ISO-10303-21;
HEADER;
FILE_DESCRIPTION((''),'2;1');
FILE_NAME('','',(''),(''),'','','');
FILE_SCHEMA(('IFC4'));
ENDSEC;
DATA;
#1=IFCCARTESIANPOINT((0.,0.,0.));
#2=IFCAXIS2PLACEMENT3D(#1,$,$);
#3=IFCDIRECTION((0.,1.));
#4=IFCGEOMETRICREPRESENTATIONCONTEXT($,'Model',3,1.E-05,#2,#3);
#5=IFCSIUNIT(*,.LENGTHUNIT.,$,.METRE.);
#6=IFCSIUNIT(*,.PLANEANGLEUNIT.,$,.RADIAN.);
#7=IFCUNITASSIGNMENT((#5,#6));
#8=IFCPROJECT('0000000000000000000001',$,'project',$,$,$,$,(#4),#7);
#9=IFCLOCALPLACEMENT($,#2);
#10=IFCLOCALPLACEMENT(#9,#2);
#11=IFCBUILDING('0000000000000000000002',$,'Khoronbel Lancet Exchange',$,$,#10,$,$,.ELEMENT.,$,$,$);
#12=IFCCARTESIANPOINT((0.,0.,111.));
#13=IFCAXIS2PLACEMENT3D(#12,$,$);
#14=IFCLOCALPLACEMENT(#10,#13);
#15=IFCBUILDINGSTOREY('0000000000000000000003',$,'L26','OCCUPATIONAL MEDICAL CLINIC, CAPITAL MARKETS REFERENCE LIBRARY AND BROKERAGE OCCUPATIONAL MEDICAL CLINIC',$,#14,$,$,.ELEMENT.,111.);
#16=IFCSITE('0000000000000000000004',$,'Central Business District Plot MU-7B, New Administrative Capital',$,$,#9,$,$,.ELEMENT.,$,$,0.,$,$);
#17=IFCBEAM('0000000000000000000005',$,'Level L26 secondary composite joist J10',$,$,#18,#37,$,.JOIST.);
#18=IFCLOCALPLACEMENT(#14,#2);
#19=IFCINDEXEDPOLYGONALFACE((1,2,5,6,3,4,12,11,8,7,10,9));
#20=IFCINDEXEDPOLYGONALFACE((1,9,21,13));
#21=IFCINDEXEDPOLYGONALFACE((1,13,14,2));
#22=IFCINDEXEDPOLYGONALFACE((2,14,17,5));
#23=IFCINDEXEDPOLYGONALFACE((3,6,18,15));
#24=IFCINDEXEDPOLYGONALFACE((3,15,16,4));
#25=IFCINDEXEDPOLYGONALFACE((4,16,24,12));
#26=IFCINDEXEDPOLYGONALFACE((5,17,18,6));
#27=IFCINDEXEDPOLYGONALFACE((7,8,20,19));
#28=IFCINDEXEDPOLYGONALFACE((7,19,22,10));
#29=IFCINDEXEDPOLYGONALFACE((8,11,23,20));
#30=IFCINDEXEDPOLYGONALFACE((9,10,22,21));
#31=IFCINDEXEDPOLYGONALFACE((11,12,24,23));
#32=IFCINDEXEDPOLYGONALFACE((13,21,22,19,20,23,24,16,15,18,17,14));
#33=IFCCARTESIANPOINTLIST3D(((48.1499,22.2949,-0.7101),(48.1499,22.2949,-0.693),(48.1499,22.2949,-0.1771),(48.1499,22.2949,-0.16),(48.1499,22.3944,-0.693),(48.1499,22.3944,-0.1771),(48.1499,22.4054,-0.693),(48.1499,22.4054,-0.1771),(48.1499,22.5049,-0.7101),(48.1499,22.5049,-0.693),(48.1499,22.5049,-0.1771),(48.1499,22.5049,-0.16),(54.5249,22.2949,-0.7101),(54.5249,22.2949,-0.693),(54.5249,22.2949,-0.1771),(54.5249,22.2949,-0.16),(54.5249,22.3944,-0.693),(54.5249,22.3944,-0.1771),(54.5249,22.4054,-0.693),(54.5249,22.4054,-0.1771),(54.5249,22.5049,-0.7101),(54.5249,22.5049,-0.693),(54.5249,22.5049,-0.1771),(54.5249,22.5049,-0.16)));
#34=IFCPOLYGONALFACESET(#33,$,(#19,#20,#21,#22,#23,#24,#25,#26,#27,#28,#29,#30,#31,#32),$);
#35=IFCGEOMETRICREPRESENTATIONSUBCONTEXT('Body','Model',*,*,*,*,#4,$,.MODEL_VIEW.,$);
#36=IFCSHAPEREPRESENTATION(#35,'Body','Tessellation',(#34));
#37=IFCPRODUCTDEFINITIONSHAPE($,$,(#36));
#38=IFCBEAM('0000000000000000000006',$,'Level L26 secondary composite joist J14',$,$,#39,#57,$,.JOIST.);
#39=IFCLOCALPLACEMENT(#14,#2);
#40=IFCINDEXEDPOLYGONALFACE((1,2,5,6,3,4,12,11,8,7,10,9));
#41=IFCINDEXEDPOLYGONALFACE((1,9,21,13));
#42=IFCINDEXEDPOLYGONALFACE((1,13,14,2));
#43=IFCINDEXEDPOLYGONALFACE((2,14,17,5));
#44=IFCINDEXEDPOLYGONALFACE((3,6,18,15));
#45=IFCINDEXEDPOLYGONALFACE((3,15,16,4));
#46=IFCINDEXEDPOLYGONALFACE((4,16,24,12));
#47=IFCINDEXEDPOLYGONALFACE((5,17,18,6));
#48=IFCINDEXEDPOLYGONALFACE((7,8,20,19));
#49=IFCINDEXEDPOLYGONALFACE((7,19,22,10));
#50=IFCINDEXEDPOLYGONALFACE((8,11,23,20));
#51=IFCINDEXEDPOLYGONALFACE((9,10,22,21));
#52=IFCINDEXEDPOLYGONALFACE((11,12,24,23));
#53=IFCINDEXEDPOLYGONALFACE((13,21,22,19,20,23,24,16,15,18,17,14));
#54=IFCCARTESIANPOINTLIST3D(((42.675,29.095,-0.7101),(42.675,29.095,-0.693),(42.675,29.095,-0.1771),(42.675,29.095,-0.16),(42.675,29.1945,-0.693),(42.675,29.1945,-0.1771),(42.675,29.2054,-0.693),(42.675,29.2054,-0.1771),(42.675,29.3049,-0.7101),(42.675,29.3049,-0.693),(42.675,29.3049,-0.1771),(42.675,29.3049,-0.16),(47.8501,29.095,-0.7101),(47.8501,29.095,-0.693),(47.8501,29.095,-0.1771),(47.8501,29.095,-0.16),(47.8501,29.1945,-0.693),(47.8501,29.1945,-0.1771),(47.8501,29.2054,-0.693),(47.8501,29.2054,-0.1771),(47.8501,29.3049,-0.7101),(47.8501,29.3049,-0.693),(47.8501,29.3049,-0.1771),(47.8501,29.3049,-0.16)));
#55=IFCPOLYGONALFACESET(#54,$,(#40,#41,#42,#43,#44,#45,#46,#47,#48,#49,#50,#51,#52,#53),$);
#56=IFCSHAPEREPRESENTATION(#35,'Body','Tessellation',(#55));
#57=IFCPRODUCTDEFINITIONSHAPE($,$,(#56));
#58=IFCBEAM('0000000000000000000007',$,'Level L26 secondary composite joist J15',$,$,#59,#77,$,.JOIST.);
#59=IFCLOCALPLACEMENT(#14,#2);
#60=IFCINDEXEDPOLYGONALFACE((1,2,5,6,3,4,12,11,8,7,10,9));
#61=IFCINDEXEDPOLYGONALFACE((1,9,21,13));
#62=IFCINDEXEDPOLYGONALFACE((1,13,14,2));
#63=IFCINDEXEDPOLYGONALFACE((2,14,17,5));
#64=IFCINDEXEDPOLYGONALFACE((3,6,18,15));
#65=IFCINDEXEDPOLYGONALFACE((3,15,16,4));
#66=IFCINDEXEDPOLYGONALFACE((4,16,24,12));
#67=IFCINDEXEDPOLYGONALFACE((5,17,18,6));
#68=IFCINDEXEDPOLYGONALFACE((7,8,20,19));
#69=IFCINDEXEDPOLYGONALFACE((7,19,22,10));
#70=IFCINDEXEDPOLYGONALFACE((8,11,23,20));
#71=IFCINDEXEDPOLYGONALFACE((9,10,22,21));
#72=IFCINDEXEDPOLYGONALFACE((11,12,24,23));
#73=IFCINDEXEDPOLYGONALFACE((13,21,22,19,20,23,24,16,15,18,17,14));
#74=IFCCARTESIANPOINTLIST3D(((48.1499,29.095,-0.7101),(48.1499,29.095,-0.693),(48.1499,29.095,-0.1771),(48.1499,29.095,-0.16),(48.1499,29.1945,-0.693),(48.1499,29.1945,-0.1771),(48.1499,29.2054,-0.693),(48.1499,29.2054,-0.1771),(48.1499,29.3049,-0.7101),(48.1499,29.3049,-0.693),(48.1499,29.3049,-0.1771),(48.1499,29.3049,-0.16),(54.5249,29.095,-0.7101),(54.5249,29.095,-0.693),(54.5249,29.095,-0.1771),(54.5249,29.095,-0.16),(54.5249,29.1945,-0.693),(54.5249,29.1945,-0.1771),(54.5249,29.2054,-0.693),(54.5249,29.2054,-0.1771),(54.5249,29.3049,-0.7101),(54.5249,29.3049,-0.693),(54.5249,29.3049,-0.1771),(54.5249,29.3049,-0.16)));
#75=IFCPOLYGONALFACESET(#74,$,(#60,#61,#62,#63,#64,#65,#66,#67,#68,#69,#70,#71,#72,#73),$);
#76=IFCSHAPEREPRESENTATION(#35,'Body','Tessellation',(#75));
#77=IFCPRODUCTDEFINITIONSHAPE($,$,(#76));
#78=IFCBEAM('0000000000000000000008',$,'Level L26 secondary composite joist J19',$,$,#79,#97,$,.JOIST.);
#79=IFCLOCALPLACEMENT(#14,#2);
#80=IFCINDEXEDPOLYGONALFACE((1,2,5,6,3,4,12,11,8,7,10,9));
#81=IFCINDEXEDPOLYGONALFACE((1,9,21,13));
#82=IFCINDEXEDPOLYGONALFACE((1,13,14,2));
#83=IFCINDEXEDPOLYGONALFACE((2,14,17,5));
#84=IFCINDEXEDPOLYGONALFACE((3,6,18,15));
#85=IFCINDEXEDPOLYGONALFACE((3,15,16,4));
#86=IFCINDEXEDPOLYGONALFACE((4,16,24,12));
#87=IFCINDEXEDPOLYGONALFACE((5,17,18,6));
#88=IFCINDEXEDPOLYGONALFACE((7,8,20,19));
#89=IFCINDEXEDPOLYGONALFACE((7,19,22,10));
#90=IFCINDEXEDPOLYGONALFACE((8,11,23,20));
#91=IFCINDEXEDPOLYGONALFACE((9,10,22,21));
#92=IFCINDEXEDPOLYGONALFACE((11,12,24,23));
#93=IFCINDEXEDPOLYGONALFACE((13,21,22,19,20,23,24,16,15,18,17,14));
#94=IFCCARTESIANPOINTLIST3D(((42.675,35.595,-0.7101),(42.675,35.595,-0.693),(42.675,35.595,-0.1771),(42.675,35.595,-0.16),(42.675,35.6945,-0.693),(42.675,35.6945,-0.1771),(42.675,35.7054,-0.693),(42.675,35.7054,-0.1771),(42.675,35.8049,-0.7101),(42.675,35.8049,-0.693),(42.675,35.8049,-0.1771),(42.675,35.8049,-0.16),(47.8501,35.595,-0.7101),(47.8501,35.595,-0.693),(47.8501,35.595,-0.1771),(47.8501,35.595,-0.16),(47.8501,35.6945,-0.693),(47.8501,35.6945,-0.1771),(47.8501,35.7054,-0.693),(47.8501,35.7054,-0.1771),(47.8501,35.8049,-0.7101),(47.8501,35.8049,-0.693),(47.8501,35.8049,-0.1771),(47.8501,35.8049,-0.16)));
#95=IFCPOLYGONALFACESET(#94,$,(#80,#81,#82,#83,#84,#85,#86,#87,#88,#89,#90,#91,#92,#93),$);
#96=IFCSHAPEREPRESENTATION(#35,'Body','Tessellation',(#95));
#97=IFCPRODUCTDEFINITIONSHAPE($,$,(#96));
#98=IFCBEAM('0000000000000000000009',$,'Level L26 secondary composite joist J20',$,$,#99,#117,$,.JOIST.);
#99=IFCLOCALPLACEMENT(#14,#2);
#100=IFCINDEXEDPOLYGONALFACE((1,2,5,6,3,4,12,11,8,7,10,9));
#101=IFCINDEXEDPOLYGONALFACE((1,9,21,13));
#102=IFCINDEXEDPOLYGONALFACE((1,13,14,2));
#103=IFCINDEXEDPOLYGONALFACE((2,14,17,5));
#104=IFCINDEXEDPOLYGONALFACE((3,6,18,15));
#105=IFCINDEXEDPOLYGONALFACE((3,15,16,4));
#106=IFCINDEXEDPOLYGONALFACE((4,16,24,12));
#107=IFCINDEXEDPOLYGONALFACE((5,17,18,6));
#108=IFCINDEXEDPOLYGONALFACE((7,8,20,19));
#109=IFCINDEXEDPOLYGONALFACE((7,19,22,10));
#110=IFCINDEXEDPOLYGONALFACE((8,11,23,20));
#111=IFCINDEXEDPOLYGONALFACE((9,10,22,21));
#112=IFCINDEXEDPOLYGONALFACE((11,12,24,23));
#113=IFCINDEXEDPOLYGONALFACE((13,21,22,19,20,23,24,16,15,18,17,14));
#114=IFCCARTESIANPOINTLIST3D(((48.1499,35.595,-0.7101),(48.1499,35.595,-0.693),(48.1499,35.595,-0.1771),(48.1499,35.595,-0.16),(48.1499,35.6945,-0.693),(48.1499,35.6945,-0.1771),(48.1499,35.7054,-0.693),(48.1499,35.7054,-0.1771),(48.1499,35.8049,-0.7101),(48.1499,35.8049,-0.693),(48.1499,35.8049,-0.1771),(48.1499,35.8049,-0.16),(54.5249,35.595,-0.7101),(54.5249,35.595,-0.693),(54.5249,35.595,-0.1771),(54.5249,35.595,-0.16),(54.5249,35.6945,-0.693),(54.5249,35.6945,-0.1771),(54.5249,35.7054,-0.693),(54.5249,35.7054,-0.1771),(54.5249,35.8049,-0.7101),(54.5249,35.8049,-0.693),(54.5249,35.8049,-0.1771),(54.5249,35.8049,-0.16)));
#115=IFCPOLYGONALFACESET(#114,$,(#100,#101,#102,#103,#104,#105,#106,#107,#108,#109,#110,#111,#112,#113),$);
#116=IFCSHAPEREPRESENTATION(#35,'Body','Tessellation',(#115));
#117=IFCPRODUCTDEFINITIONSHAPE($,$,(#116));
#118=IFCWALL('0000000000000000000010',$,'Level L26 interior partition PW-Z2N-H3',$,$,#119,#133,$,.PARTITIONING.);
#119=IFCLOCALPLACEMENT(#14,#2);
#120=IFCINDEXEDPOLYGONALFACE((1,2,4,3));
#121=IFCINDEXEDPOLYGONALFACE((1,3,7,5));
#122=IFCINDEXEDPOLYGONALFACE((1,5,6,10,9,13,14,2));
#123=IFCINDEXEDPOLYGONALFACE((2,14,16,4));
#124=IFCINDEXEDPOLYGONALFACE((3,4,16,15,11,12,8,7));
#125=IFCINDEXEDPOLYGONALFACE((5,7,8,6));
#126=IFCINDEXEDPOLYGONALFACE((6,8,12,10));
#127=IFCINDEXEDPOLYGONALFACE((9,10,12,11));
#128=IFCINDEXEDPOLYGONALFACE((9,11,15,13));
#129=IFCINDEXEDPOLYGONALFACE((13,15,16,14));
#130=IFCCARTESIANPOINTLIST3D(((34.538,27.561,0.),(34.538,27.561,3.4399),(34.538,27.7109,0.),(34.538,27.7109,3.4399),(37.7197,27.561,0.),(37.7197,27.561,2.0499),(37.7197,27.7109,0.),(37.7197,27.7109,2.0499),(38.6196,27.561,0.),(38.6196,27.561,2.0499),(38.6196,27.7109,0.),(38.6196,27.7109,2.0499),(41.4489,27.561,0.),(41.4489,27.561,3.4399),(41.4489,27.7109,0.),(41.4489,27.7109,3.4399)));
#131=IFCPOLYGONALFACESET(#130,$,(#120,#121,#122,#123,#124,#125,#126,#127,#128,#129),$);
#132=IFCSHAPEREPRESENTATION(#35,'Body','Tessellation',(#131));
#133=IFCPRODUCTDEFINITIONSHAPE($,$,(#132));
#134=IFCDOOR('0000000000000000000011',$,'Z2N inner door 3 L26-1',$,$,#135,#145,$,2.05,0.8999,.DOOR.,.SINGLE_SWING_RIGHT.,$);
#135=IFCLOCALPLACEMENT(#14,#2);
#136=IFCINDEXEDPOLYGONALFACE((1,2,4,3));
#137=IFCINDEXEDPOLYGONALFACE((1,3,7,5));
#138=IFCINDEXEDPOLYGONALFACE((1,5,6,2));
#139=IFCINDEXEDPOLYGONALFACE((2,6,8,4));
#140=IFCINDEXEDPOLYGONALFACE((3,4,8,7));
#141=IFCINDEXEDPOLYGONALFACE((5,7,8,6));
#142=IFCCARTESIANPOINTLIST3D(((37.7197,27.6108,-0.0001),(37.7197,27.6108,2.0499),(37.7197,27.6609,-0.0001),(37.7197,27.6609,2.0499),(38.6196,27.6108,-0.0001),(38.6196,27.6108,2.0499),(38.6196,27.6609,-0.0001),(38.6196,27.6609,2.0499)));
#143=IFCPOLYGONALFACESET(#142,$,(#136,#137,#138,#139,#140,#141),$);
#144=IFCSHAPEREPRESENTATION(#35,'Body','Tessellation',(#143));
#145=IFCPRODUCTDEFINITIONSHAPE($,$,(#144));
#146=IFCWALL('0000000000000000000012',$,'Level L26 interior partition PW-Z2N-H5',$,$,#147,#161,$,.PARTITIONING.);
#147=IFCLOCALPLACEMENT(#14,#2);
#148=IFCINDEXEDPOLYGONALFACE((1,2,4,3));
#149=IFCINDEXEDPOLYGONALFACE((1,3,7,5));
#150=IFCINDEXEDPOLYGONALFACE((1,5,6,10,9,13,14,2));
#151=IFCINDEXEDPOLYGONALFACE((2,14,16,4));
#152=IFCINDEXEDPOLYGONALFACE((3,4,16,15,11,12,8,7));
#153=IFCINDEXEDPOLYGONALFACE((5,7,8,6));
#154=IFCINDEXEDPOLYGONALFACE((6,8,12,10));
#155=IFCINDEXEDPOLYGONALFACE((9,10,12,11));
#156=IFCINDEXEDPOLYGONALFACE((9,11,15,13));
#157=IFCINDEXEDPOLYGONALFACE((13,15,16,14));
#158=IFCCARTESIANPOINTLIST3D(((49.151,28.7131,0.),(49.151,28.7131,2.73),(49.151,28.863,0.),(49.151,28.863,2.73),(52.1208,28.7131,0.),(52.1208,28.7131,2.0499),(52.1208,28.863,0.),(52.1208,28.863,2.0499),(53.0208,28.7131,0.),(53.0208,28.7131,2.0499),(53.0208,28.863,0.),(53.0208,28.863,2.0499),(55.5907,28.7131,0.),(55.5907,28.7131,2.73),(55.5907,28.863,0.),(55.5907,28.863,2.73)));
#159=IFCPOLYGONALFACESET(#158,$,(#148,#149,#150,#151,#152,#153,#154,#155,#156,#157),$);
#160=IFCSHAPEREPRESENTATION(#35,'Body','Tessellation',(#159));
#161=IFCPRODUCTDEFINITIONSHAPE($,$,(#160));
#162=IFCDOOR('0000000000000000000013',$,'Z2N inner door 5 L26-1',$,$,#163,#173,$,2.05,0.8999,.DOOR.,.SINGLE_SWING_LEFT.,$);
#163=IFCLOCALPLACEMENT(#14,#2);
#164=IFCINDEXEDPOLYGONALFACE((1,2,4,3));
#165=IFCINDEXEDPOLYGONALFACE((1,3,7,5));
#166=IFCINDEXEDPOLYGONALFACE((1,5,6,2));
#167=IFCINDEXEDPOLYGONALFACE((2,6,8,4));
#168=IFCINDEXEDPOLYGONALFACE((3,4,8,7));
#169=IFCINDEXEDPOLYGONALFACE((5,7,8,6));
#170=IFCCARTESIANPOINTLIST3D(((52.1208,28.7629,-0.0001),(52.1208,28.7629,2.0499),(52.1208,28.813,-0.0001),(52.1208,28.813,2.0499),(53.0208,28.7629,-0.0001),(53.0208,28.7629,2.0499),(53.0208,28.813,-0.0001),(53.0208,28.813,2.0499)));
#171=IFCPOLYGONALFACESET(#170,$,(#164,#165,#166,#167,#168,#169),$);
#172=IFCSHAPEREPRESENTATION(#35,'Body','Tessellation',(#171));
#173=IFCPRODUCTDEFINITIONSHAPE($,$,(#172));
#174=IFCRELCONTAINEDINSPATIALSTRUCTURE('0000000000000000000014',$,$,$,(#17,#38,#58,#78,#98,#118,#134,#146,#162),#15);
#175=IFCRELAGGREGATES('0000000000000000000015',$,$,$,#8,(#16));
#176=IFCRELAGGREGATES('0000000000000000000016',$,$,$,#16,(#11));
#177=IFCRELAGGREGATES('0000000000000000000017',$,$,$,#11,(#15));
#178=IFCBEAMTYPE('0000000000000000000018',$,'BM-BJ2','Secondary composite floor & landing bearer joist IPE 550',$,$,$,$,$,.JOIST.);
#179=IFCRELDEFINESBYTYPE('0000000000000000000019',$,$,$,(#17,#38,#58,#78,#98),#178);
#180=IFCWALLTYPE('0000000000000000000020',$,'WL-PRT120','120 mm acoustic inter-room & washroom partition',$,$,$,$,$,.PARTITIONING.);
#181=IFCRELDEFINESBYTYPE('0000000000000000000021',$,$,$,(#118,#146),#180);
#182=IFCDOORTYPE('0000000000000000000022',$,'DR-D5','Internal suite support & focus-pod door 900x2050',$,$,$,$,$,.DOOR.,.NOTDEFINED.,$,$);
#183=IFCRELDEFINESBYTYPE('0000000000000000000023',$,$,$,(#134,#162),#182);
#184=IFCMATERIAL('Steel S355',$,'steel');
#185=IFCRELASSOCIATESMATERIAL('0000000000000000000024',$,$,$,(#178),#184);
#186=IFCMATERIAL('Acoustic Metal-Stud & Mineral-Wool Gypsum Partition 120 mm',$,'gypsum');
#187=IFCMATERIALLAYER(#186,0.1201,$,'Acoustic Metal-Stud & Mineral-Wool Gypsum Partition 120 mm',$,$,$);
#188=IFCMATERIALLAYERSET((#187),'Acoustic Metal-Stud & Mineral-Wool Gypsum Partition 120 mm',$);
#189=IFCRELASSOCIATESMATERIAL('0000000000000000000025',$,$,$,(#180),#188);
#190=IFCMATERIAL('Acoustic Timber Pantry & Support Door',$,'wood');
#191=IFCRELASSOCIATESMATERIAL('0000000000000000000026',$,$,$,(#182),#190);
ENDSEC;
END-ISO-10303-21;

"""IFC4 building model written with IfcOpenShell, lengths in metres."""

from ifc_helpers import new_model, si_unit, direction, frame, frame_2d, origin, origin_2d, place, context, subcontext, project, spatial, rectangle, i_section, extrude, material, layer, layer_set, material_profile, profile_set, type_object, element, fill, save


model = new_model("IFC4")

# Units and contexts
model_context = context("Model", 3, precision=1e-05, world=origin(), true_north=direction((0.0, 1.0)))
body_context = subcontext(model_context, "Body", "Model", "MODEL_VIEW")
ifc_project = project(units=[si_unit("LENGTHUNIT", "METRE"), si_unit("PLANEANGLEUNIT", "RADIAN")], contexts=[model_context])

# Site, building, storey
site_placement = place(None, origin())
site = spatial("IfcSite", under=ifc_project, at=site_placement, Name="Central Business District Plot MU-7B, New Administrative Capital", CompositionType="ELEMENT", RefElevation=0.0)
building_placement = place(site_placement, origin())
building = spatial("IfcBuilding", under=site, at=building_placement, Name="Khoronbel Lancet Exchange", CompositionType="ELEMENT")
storey_placement = place(building_placement, frame((0.0, 0.0, 111.0)))
storey = spatial("IfcBuildingStorey", under=building, at=storey_placement, Name="L26", Description="OCCUPATIONAL MEDICAL CLINIC, CAPITAL MARKETS REFERENCE LIBRARY AND BROKERAGE OCCUPATIONAL MEDICAL CLINIC", CompositionType="ELEMENT", Elevation=111.0)

# Beams
ifc_material_1 = material(Name="Steel S355", Category="steel")
ifc_material_profile_1 = material_profile(ifc_material_1, i_section(OverallWidth=0.21, OverallDepth=0.55, WebThickness=0.011, FlangeThickness=0.0171, at=origin_2d()), Name="IPE 550")
ifc_profile_set_1 = profile_set([ifc_material_profile_1], Name="Steel S355")
beam_type_1 = type_object("IfcBeamType", Name="BM-BJ2", Description="Secondary composite floor & landing bearer joist IPE 550", PredefinedType="JOIST", material=ifc_profile_set_1)
beam_1_placement = place(storey_placement, frame((48.1499, 22.3999, -0.4351), z_axis=(1.0, 0.0, 0.0), x_axis=(0.0, 1.0, 0.0)))
element("IfcBeam", 1, at=beam_1_placement, inside=storey, type_object=beam_type_1, Name="Level L26 secondary composite joist J10", PredefinedType="JOIST", context=body_context, shape_type="SweptSolid", body=[
    extrude(i_section(OverallWidth=0.21, OverallDepth=0.55, WebThickness=0.011, FlangeThickness=0.0171, at=origin_2d()), origin(), (0.0, 0.0, 1.0), 6.375),
])
beam_2_placement = place(storey_placement, frame((42.675, 29.2, -0.4351), z_axis=(1.0, 0.0, 0.0), x_axis=(0.0, 1.0, 0.0)))
element("IfcBeam", 2, at=beam_2_placement, inside=storey, type_object=beam_type_1, Name="Level L26 secondary composite joist J14", PredefinedType="JOIST", context=body_context, shape_type="SweptSolid", body=[
    extrude(i_section(OverallWidth=0.21, OverallDepth=0.55, WebThickness=0.011, FlangeThickness=0.0171, at=origin_2d()), origin(), (0.0, 0.0, 1.0), 5.175),
])
beam_3_placement = place(storey_placement, frame((48.1499, 29.2, -0.4351), z_axis=(1.0, 0.0, 0.0), x_axis=(0.0, 1.0, 0.0)))
element("IfcBeam", 3, at=beam_3_placement, inside=storey, type_object=beam_type_1, Name="Level L26 secondary composite joist J15", PredefinedType="JOIST", context=body_context, shape_type="SweptSolid", body=[
    extrude(i_section(OverallWidth=0.21, OverallDepth=0.55, WebThickness=0.011, FlangeThickness=0.0171, at=origin_2d()), origin(), (0.0, 0.0, 1.0), 6.375),
])
beam_4_placement = place(storey_placement, frame((42.675, 35.7, -0.4351), z_axis=(1.0, 0.0, 0.0), x_axis=(0.0, 1.0, 0.0)))
element("IfcBeam", 4, at=beam_4_placement, inside=storey, type_object=beam_type_1, Name="Level L26 secondary composite joist J19", PredefinedType="JOIST", context=body_context, shape_type="SweptSolid", body=[
    extrude(i_section(OverallWidth=0.21, OverallDepth=0.55, WebThickness=0.011, FlangeThickness=0.0171, at=origin_2d()), origin(), (0.0, 0.0, 1.0), 5.175),
])
beam_5_placement = place(storey_placement, frame((48.1499, 35.7, -0.4351), z_axis=(1.0, 0.0, 0.0), x_axis=(0.0, 1.0, 0.0)))
element("IfcBeam", 5, at=beam_5_placement, inside=storey, type_object=beam_type_1, Name="Level L26 secondary composite joist J20", PredefinedType="JOIST", context=body_context, shape_type="SweptSolid", body=[
    extrude(i_section(OverallWidth=0.21, OverallDepth=0.55, WebThickness=0.011, FlangeThickness=0.0171, at=origin_2d()), origin(), (0.0, 0.0, 1.0), 6.375),
])

# Walls, openings, doors
ifc_material_2 = material(Name="Acoustic Metal-Stud & Mineral-Wool Gypsum Partition 120 mm", Category="gypsum")
ifc_layer_1 = layer(ifc_material_2, 0.1201, Name="Acoustic Metal-Stud & Mineral-Wool Gypsum Partition 120 mm")
ifc_layer_set_1 = layer_set([ifc_layer_1], Name="Acoustic Metal-Stud & Mineral-Wool Gypsum Partition 120 mm")
wall_type_1 = type_object("IfcWallType", Name="WL-PRT120", Description="120 mm acoustic inter-room & washroom partition", PredefinedType="PARTITIONING", material=ifc_layer_set_1)
wall_1_placement = place(storey_placement, frame((34.5378, 27.636, 0.0), z_axis=(0.0, 0.0, 1.0), x_axis=(1.0, 0.0, 0.0)))
wall_1 = element("IfcWall", 6, at=wall_1_placement, inside=storey, type_object=wall_type_1, Name="Level L26 interior partition PW-Z2N-H3", PredefinedType="PARTITIONING", context=body_context, shape_type="SweptSolid", body=[
    extrude(rectangle(XDim=6.9109, YDim=0.1499, at=frame_2d((3.4556, 0.0))), origin(), (0.0, 0.0, 1.0), 3.4399),
])
opening_1_placement = place(wall_1_placement, frame((3.1819, 0.0, 0.0)))
opening_1 = element("IfcOpeningElement", 7, at=opening_1_placement, cuts=wall_1, PredefinedType="OPENING", context=body_context, shape_type="SweptSolid", body=[
    extrude(rectangle(XDim=0.8999, YDim=2.05, at=frame_2d((0.45, 1.0249))), frame((0.0, 0.085, 0.0), z_axis=(0.0, -1.0, 0.0), x_axis=(1.0, 0.0, 0.0)), (0.0, 0.0, 1.0), 0.1699),
])
ifc_material_3 = material(Name="Acoustic Timber Pantry & Support Door", Category="wood")
door_type_1 = type_object("IfcDoorType", Name="DR-D5", Description="Internal suite support & focus-pod door 900x2050", OperationType="NOTDEFINED", PredefinedType="DOOR", material=ifc_material_3)
door_1_placement = place(opening_1_placement, origin())
door_1 = element("IfcDoor", 8, at=door_1_placement, inside=storey, type_object=door_type_1, Name="Z2N inner door 3 L26-1", OperationType="SINGLE_SWING_RIGHT", OverallHeight=2.05, OverallWidth=0.8999, PredefinedType="DOOR", context=body_context, shape_type="SweptSolid", body=[
    extrude(rectangle(XDim=0.8999, YDim=2.05, at=frame_2d((0.45, 1.0249))), frame((0.0, 0.0249, 0.0), z_axis=(0.0, -1.0, 0.0), x_axis=(1.0, 0.0, 0.0)), (0.0, 0.0, 1.0), 0.05),
])
fill(opening_1, door_1)
wall_2_placement = place(storey_placement, frame((49.1511, 28.7881, 0.0), z_axis=(0.0, 0.0, 1.0), x_axis=(1.0, 0.0, 0.0)))
wall_2 = element("IfcWall", 9, at=wall_2_placement, inside=storey, type_object=wall_type_1, Name="Level L26 interior partition PW-Z2N-H5", PredefinedType="PARTITIONING", context=body_context, shape_type="SweptSolid", body=[
    extrude(rectangle(XDim=6.4397, YDim=0.1499, at=frame_2d((3.2197, 0.0))), origin(), (0.0, 0.0, 1.0), 2.73),
])
opening_2_placement = place(wall_2_placement, frame((2.9697, 0.0, 0.0)))
opening_2 = element("IfcOpeningElement", 10, at=opening_2_placement, cuts=wall_2, PredefinedType="OPENING", context=body_context, shape_type="SweptSolid", body=[
    extrude(rectangle(XDim=0.8999, YDim=2.05, at=frame_2d((0.45, 1.0249))), frame((0.0, 0.085, 0.0), z_axis=(0.0, -1.0, 0.0), x_axis=(1.0, 0.0, 0.0)), (0.0, 0.0, 1.0), 0.1699),
])
door_2_placement = place(opening_2_placement, origin())
door_2 = element("IfcDoor", 11, at=door_2_placement, inside=storey, type_object=door_type_1, Name="Z2N inner door 5 L26-1", OperationType="SINGLE_SWING_LEFT", OverallHeight=2.05, OverallWidth=0.8999, PredefinedType="DOOR", context=body_context, shape_type="SweptSolid", body=[
    extrude(rectangle(XDim=0.8999, YDim=2.05, at=frame_2d((0.45, 1.0249))), frame((0.0, 0.0249, 0.0), z_axis=(0.0, -1.0, 0.0), x_axis=(1.0, 0.0, 0.0)), (0.0, 0.0, 1.0), 0.05),
])
fill(opening_2, door_2)

save(model, "model.ifc")
